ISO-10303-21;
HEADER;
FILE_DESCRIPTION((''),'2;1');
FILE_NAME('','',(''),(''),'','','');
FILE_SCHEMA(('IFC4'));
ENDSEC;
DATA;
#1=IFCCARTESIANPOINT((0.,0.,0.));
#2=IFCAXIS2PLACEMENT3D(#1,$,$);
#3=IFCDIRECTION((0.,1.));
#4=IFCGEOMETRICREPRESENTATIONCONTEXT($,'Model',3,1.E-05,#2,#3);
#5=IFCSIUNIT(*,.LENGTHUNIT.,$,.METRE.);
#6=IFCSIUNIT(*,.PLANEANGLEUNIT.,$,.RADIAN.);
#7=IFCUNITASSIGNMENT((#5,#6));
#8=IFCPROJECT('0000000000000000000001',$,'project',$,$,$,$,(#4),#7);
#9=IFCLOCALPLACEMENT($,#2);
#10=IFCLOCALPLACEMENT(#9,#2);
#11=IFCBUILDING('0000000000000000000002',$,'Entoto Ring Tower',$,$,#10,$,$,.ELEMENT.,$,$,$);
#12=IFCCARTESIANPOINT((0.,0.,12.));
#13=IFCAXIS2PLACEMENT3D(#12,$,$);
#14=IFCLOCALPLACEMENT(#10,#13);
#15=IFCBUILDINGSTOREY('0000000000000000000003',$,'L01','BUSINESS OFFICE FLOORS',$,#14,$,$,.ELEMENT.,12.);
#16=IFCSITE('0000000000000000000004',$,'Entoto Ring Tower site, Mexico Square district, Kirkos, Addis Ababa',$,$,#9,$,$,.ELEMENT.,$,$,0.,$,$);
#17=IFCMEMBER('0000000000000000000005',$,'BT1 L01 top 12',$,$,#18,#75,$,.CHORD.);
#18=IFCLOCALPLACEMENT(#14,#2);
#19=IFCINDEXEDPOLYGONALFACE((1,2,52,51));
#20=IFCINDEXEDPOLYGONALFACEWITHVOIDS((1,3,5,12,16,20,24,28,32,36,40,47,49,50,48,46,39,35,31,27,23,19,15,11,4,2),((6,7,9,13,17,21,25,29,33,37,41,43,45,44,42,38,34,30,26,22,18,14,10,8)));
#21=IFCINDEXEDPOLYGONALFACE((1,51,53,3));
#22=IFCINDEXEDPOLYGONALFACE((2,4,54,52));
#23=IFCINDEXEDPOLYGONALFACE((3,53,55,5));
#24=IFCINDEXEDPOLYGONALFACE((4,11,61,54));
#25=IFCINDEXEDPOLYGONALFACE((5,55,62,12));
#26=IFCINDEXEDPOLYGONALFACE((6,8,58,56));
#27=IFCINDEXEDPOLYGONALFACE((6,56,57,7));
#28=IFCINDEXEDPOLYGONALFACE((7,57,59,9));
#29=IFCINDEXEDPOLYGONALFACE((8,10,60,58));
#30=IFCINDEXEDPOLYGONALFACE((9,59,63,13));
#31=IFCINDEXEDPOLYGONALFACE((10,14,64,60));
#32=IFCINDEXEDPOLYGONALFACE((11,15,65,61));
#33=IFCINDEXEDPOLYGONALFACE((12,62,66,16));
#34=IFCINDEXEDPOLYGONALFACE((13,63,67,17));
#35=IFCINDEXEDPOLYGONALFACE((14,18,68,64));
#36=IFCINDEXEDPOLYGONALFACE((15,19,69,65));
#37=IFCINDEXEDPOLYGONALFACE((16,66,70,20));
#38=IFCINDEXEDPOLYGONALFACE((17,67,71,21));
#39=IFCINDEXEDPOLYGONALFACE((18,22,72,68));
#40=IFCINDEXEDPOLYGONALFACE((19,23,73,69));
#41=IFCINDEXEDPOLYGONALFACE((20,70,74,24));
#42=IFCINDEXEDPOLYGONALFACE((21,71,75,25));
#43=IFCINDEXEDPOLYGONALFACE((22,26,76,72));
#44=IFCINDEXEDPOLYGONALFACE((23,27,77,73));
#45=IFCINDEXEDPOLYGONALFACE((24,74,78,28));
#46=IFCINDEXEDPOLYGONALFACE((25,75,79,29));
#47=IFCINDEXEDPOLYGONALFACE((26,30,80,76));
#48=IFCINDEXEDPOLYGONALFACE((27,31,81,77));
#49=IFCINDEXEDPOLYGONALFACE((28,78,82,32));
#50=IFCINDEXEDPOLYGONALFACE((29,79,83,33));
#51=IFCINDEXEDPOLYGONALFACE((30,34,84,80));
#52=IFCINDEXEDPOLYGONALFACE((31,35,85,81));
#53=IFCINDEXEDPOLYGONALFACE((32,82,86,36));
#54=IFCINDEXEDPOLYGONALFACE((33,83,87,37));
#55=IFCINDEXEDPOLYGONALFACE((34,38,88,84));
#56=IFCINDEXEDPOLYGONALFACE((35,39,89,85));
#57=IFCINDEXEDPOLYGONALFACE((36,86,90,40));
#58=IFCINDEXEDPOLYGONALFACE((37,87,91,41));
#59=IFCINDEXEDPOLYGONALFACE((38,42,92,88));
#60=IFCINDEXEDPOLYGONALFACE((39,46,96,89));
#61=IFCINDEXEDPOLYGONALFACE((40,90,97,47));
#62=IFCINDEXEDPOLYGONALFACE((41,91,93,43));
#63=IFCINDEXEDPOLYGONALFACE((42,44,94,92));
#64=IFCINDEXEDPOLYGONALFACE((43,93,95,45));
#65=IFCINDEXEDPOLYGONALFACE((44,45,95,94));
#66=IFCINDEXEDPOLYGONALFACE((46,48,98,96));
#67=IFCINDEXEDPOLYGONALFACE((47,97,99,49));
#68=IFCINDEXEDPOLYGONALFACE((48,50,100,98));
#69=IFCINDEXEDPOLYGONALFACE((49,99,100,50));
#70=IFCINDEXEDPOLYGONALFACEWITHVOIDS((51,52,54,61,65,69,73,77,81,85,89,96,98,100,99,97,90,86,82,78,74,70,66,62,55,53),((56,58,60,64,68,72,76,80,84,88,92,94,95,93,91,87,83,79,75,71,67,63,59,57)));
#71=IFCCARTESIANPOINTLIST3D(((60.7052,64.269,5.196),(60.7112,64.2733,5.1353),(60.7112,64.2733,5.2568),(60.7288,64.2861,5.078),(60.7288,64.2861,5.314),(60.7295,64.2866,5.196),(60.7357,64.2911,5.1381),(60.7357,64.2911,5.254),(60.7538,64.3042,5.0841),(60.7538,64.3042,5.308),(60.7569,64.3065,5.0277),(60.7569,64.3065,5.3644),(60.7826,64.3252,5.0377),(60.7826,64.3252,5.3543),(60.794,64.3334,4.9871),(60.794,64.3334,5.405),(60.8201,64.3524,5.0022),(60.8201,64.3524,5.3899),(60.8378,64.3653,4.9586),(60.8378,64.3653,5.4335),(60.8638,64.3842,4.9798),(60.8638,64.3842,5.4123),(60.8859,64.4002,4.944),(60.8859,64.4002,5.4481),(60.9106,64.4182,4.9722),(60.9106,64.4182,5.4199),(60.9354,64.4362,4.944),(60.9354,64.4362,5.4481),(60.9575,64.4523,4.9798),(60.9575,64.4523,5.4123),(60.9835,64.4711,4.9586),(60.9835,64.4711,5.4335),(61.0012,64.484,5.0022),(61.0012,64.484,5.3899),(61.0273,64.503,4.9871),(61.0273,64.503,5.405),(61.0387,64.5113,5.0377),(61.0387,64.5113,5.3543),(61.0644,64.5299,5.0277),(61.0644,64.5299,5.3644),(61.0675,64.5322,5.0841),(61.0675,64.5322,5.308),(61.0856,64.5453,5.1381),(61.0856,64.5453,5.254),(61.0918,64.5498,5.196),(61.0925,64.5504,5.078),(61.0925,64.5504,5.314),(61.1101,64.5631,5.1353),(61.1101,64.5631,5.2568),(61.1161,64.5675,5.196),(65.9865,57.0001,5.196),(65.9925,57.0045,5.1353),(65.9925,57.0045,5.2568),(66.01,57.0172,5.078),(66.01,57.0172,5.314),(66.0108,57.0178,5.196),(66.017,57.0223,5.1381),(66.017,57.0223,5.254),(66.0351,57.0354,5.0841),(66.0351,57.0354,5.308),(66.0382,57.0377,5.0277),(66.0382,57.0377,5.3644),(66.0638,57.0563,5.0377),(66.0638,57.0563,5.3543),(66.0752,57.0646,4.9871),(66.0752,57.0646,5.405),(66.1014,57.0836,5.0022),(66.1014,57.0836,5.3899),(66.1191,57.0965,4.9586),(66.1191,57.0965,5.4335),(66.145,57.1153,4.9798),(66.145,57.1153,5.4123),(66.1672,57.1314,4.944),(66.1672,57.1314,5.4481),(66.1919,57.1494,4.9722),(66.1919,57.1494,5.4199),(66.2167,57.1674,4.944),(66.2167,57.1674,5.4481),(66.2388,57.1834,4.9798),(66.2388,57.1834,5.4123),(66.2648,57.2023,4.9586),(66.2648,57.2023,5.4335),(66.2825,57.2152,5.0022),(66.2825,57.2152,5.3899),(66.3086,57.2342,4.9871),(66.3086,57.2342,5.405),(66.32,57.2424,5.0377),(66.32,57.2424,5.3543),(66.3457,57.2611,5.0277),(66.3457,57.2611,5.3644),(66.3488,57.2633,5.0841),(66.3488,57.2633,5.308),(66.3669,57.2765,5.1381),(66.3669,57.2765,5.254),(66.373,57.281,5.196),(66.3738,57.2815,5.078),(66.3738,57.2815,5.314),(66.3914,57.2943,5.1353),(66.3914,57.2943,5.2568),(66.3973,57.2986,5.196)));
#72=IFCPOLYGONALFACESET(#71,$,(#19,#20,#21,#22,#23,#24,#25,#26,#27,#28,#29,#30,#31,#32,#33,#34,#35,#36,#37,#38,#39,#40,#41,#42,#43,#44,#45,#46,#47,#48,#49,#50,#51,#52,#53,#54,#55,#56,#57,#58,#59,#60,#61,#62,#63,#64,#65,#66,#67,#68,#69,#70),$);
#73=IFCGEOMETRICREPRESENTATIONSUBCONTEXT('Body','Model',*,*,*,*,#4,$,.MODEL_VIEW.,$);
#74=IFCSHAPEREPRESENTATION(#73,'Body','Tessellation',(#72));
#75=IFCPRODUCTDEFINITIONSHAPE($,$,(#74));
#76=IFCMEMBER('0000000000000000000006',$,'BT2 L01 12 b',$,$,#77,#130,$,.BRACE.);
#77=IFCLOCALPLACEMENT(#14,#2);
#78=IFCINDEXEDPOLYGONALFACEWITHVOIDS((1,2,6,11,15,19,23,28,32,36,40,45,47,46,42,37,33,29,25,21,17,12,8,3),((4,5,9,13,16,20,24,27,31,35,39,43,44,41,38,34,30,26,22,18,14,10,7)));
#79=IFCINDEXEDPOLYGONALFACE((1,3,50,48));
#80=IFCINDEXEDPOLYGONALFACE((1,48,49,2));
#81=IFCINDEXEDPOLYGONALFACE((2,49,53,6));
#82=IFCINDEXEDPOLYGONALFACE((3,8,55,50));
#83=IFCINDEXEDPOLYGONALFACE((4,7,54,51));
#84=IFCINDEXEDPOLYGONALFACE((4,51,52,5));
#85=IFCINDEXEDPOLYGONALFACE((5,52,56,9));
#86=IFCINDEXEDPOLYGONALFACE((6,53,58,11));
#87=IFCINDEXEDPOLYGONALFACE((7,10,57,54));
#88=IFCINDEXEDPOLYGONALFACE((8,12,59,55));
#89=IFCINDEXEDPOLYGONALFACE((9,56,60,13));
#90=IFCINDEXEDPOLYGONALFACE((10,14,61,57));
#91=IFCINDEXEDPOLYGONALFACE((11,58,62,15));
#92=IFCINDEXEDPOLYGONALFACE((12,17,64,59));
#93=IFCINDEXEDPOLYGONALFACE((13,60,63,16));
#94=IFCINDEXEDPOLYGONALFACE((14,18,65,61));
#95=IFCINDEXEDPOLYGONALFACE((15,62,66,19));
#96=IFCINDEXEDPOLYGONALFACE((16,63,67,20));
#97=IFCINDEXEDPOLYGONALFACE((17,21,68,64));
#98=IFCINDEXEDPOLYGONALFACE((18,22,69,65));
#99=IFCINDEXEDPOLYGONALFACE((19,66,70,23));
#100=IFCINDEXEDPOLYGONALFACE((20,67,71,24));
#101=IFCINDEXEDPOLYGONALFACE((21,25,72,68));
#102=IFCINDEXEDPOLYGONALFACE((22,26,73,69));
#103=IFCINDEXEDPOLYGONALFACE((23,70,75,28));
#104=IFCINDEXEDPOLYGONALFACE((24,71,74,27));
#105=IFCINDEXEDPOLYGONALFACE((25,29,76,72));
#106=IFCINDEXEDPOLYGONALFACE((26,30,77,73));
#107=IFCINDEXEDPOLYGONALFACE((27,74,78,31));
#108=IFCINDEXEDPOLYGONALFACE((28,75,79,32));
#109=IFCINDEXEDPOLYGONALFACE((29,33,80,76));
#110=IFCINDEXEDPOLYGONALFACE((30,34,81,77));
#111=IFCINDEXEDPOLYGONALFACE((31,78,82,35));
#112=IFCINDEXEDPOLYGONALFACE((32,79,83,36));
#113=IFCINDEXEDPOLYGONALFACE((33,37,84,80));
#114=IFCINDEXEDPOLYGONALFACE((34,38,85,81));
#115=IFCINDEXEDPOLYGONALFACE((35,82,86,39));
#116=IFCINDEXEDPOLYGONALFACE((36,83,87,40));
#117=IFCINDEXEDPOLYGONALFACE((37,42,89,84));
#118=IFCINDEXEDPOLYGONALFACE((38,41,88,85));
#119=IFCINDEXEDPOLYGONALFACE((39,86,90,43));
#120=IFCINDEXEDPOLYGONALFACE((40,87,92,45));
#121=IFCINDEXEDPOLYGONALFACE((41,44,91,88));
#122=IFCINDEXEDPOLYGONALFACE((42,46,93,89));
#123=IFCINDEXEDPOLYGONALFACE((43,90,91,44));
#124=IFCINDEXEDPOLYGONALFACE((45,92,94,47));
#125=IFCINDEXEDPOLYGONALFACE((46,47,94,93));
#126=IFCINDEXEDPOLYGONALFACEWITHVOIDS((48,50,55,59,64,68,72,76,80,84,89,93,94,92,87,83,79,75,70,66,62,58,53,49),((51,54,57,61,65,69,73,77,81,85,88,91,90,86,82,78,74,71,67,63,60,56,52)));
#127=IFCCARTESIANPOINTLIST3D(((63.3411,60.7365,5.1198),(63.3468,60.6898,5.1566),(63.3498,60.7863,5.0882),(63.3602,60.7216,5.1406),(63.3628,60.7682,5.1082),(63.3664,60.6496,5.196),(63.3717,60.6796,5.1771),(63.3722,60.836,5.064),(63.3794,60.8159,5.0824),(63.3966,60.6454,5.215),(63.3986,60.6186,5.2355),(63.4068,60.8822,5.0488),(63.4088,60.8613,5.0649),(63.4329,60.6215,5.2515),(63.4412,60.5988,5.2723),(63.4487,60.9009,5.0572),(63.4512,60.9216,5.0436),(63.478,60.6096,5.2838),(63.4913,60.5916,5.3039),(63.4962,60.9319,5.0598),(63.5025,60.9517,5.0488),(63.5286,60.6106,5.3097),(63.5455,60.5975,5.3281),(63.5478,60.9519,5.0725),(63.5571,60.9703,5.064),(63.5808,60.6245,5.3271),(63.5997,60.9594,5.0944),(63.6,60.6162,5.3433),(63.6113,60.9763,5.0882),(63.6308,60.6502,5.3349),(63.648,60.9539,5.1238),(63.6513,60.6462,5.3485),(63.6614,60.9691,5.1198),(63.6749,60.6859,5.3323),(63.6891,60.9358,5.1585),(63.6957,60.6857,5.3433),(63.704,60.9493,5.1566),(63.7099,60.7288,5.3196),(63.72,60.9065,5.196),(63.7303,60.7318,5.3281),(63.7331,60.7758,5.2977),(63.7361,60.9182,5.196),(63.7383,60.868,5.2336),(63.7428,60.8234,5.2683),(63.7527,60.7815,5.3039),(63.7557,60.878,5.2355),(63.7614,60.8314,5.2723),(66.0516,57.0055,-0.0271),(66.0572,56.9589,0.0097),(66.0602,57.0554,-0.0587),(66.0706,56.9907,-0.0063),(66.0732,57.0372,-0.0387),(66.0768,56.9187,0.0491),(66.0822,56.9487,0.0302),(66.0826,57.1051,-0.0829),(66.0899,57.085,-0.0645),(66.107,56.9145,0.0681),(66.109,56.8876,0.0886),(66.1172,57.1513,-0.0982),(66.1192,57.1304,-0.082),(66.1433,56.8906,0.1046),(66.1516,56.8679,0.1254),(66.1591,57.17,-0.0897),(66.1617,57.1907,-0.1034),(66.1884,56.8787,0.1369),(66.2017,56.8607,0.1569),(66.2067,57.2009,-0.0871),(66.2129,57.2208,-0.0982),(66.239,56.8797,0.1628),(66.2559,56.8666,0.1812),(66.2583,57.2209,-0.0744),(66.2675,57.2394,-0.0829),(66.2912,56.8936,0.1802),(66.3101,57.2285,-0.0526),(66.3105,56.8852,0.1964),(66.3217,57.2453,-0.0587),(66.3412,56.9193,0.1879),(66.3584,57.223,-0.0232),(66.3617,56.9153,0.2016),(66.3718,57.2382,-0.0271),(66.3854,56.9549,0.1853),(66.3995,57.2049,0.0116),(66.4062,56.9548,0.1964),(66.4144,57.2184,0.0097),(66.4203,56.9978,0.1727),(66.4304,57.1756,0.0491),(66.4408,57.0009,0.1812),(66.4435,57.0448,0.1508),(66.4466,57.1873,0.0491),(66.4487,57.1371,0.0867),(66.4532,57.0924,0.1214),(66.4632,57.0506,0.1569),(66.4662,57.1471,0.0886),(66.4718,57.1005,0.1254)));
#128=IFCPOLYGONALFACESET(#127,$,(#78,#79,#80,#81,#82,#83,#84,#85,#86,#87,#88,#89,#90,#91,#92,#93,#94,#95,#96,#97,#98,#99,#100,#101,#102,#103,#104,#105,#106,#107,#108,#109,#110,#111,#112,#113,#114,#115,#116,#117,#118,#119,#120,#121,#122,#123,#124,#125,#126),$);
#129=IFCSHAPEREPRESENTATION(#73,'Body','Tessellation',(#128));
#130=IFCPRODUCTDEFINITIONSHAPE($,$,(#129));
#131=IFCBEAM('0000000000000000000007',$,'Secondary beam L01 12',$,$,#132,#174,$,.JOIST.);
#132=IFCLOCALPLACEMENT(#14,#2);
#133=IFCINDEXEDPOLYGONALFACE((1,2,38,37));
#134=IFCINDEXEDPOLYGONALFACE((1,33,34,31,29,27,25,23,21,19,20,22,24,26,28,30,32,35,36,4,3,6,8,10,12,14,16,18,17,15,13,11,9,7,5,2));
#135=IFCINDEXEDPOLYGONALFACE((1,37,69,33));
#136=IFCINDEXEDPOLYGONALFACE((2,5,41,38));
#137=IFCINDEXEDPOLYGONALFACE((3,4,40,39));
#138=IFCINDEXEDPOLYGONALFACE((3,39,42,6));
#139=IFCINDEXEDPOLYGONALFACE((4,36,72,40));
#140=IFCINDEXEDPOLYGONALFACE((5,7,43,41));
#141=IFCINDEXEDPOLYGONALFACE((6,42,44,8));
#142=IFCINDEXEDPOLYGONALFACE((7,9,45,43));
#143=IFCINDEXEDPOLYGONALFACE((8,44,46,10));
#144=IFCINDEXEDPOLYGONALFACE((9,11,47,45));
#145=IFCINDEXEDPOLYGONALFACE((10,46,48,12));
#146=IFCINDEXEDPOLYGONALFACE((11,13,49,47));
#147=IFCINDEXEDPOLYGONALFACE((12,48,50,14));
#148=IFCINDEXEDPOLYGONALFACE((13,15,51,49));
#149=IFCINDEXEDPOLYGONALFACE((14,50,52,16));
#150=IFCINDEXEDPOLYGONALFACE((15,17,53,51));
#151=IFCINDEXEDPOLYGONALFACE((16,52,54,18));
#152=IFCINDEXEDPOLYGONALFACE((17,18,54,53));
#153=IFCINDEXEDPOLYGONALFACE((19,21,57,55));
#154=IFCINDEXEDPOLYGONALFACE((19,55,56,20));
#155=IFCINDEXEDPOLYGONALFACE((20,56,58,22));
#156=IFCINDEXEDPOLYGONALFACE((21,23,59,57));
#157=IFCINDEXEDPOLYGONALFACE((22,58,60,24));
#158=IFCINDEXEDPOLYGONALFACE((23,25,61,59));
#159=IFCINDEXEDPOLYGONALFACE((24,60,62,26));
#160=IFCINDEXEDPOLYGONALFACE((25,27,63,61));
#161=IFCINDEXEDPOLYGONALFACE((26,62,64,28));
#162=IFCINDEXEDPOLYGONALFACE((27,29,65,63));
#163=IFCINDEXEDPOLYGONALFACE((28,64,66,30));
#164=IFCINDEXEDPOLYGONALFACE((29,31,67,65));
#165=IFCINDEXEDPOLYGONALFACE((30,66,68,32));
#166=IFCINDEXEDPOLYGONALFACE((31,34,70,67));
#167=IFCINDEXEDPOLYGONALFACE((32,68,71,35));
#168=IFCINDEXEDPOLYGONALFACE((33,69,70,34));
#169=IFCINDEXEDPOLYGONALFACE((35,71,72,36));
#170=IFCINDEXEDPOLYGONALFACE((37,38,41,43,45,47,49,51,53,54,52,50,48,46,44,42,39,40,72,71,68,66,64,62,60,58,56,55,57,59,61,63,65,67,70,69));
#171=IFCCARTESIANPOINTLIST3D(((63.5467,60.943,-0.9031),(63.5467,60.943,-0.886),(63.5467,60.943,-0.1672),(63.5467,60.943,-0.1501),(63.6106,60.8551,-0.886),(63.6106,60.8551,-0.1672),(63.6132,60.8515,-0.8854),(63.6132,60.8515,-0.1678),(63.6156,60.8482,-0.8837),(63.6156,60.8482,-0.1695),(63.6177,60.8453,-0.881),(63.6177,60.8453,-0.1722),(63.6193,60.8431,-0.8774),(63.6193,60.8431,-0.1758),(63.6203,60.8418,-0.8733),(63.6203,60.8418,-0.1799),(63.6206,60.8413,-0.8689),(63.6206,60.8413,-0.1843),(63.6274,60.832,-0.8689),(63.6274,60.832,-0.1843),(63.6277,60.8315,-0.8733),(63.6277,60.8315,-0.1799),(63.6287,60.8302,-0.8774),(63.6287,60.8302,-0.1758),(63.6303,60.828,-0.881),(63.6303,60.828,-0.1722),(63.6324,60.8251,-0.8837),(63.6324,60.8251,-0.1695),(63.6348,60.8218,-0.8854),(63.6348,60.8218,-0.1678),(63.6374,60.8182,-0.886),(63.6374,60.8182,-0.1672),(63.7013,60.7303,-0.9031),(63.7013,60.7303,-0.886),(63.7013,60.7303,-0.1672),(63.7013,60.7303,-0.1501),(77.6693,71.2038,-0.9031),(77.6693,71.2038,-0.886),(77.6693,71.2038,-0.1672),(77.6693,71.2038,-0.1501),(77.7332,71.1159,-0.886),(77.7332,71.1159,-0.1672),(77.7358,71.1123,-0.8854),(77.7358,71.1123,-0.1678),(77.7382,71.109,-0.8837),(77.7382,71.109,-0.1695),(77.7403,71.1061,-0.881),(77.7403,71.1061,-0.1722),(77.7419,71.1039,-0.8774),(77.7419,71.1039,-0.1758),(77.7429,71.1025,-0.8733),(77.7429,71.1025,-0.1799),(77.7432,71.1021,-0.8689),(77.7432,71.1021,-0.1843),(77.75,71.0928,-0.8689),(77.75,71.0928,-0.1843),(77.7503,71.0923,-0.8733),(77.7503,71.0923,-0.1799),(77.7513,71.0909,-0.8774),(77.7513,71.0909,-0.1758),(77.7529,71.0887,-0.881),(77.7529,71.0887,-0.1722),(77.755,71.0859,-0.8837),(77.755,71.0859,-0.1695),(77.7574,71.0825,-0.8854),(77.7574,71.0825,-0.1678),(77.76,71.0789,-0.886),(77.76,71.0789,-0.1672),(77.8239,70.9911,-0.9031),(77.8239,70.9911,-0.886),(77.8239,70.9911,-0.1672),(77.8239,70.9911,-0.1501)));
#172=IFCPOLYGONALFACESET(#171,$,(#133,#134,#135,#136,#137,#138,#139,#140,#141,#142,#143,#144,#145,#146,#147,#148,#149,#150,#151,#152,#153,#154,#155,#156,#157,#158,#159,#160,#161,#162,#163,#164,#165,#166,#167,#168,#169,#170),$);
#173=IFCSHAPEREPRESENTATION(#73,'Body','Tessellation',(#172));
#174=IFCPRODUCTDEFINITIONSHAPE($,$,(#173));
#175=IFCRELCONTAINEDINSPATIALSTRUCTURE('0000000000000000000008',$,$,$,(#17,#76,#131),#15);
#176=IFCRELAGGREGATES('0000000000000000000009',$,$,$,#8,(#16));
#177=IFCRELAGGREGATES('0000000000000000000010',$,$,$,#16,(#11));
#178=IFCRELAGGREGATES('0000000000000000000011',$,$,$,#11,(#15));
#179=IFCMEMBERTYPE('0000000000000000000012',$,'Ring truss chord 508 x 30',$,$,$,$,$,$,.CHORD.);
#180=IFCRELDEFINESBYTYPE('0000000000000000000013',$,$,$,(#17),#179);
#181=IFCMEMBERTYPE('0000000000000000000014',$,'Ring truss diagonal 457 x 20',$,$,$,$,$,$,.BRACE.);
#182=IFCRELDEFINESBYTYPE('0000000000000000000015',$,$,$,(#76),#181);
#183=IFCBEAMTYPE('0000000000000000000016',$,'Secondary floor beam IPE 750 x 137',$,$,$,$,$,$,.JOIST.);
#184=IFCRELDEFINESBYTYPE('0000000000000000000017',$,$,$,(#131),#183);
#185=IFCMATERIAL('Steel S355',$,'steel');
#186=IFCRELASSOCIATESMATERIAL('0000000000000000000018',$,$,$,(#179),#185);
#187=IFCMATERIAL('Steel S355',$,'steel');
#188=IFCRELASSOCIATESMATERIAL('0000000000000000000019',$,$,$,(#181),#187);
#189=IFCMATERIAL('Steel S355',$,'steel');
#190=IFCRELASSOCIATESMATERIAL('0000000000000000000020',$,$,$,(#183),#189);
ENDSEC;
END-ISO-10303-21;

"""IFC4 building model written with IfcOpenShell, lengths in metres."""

from ifc_helpers import new_model, si_unit, direction, frame, origin, origin_2d, place, context, subcontext, project, spatial, circle, hollow_circle, i_section, extrude, material, material_profile, profile_set, type_object, element, save


model = new_model("IFC4")

# Units and contexts
model_context = context("Model", 3, precision=1e-05, world=origin(), true_north=direction((0.0, 1.0)))
body_context = subcontext(model_context, "Body", "Model", "MODEL_VIEW")
ifc_project = project(units=[si_unit("LENGTHUNIT", "METRE"), si_unit("PLANEANGLEUNIT", "RADIAN")], contexts=[model_context])

# Site, building, storey
site_placement = place(None, origin())
site = spatial("IfcSite", under=ifc_project, at=site_placement, Name="Entoto Ring Tower site, Mexico Square district, Kirkos, Addis Ababa", CompositionType="ELEMENT", RefElevation=0.0)
building_placement = place(site_placement, origin())
building = spatial("IfcBuilding", under=site, at=building_placement, Name="Entoto Ring Tower", CompositionType="ELEMENT")
storey_placement = place(building_placement, frame((0.0, 0.0, 12.0)))
storey = spatial("IfcBuildingStorey", under=building, at=storey_placement, Name="L01", Description="BUSINESS OFFICE FLOORS", CompositionType="ELEMENT", Elevation=12.0)

# Members
ifc_material_1 = material(Name="Steel S355", Category="steel")
ifc_material_profile_1 = material_profile(ifc_material_1, hollow_circle(Radius=0.2539, WallThickness=0.03, at=origin_2d()), Name="CHS 508 x 30")
ifc_material_2 = material(Name="Concrete C60/75", Category="concrete")
ifc_material_profile_2 = material_profile(ifc_material_2, circle(Radius=0.2241, at=origin_2d()), Name="Concrete C60/75 infill")
ifc_profile_set_1 = profile_set([ifc_material_profile_1, ifc_material_profile_2], Name="Steel S355")
member_type_1 = type_object("IfcMemberType", Name="Ring truss chord 508 x 30", PredefinedType="CHORD", material=ifc_profile_set_1)
member_1_placement = place(storey_placement, frame((60.9106, 64.4182, 5.196), z_axis=(0.587797, -0.809009, 0.0), x_axis=(0.809009, 0.587797, 0.0)))
element("IfcMember", 1, at=member_1_placement, inside=storey, type_object=member_type_1, Name="BT1 L01 top 12", PredefinedType="CHORD", context=body_context, shape_type="SweptSolid", body=[
    extrude(hollow_circle(Radius=0.2539, WallThickness=0.03, at=origin_2d()), origin(), (0.0, 0.0, 1.0), 8.9849),
])
ifc_material_3 = material(Name="Steel S355", Category="steel")
ifc_material_profile_3 = material_profile(ifc_material_3, hollow_circle(Radius=0.2285, WallThickness=0.02, at=origin_2d()), Name="CHS 457 x 20")
ifc_material_4 = material(Name="Concrete C60/75", Category="concrete")
ifc_material_profile_4 = material_profile(ifc_material_4, circle(Radius=0.2085, at=origin_2d()), Name="Concrete C60/75 infill")
ifc_profile_set_2 = profile_set([ifc_material_profile_3, ifc_material_profile_4], Name="Steel S355")
member_type_2 = type_object("IfcMemberType", Name="Ring truss diagonal 457 x 20", PredefinedType="BRACE", material=ifc_profile_set_2)
member_2_placement = place(storey_placement, frame((63.5513, 60.7839, 5.196), z_axis=(0.39221, -0.53988, -0.744782), x_axis=(0.809043, 0.58775, 0.0)))
element("IfcMember", 2, at=member_2_placement, inside=storey, type_object=member_type_2, Name="BT2 L01 12 b", PredefinedType="BRACE", context=body_context, shape_type="SweptSolid", body=[
    extrude(hollow_circle(Radius=0.2285, WallThickness=0.02, at=origin_2d()), origin(), (0.0, 0.0, 1.0), 6.9106),
])

# Beam
ifc_material_5 = material(Name="Steel S355", Category="steel")
ifc_material_profile_5 = material_profile(ifc_material_5, i_section(OverallWidth=0.2629, OverallDepth=0.7529, WebThickness=0.0115, FlangeThickness=0.0171, FilletRadius=0.0171, at=origin_2d()), Name="IPE 750 x 137")
ifc_profile_set_3 = profile_set([ifc_material_profile_5], Name="Steel S355")
beam_type_1 = type_object("IfcBeamType", Name="Secondary floor beam IPE 750 x 137", PredefinedType="JOIST", material=ifc_profile_set_3)
for number, where, z_axis, x_axis, name in (
    (3, (77.7466, 71.0974, -0.5266), (-0.809014, -0.587789, 0.0), (0.587789, -0.809014, 0.0), "Secondary beam L01 12"),
):
    element("IfcBeam", number, at=place(storey_placement, frame(where, z_axis=z_axis, x_axis=x_axis)), inside=storey, type_object=beam_type_1, Name=name, PredefinedType="JOIST", context=body_context, shape_type="SweptSolid", body=[
        extrude(i_section(OverallWidth=0.2629, OverallDepth=0.7529, WebThickness=0.0115, FlangeThickness=0.0171, FilletRadius=0.0171, at=origin_2d()), origin(), (0.0, 0.0, 1.0), 17.4565),
    ])

save(model, "model.ifc")
